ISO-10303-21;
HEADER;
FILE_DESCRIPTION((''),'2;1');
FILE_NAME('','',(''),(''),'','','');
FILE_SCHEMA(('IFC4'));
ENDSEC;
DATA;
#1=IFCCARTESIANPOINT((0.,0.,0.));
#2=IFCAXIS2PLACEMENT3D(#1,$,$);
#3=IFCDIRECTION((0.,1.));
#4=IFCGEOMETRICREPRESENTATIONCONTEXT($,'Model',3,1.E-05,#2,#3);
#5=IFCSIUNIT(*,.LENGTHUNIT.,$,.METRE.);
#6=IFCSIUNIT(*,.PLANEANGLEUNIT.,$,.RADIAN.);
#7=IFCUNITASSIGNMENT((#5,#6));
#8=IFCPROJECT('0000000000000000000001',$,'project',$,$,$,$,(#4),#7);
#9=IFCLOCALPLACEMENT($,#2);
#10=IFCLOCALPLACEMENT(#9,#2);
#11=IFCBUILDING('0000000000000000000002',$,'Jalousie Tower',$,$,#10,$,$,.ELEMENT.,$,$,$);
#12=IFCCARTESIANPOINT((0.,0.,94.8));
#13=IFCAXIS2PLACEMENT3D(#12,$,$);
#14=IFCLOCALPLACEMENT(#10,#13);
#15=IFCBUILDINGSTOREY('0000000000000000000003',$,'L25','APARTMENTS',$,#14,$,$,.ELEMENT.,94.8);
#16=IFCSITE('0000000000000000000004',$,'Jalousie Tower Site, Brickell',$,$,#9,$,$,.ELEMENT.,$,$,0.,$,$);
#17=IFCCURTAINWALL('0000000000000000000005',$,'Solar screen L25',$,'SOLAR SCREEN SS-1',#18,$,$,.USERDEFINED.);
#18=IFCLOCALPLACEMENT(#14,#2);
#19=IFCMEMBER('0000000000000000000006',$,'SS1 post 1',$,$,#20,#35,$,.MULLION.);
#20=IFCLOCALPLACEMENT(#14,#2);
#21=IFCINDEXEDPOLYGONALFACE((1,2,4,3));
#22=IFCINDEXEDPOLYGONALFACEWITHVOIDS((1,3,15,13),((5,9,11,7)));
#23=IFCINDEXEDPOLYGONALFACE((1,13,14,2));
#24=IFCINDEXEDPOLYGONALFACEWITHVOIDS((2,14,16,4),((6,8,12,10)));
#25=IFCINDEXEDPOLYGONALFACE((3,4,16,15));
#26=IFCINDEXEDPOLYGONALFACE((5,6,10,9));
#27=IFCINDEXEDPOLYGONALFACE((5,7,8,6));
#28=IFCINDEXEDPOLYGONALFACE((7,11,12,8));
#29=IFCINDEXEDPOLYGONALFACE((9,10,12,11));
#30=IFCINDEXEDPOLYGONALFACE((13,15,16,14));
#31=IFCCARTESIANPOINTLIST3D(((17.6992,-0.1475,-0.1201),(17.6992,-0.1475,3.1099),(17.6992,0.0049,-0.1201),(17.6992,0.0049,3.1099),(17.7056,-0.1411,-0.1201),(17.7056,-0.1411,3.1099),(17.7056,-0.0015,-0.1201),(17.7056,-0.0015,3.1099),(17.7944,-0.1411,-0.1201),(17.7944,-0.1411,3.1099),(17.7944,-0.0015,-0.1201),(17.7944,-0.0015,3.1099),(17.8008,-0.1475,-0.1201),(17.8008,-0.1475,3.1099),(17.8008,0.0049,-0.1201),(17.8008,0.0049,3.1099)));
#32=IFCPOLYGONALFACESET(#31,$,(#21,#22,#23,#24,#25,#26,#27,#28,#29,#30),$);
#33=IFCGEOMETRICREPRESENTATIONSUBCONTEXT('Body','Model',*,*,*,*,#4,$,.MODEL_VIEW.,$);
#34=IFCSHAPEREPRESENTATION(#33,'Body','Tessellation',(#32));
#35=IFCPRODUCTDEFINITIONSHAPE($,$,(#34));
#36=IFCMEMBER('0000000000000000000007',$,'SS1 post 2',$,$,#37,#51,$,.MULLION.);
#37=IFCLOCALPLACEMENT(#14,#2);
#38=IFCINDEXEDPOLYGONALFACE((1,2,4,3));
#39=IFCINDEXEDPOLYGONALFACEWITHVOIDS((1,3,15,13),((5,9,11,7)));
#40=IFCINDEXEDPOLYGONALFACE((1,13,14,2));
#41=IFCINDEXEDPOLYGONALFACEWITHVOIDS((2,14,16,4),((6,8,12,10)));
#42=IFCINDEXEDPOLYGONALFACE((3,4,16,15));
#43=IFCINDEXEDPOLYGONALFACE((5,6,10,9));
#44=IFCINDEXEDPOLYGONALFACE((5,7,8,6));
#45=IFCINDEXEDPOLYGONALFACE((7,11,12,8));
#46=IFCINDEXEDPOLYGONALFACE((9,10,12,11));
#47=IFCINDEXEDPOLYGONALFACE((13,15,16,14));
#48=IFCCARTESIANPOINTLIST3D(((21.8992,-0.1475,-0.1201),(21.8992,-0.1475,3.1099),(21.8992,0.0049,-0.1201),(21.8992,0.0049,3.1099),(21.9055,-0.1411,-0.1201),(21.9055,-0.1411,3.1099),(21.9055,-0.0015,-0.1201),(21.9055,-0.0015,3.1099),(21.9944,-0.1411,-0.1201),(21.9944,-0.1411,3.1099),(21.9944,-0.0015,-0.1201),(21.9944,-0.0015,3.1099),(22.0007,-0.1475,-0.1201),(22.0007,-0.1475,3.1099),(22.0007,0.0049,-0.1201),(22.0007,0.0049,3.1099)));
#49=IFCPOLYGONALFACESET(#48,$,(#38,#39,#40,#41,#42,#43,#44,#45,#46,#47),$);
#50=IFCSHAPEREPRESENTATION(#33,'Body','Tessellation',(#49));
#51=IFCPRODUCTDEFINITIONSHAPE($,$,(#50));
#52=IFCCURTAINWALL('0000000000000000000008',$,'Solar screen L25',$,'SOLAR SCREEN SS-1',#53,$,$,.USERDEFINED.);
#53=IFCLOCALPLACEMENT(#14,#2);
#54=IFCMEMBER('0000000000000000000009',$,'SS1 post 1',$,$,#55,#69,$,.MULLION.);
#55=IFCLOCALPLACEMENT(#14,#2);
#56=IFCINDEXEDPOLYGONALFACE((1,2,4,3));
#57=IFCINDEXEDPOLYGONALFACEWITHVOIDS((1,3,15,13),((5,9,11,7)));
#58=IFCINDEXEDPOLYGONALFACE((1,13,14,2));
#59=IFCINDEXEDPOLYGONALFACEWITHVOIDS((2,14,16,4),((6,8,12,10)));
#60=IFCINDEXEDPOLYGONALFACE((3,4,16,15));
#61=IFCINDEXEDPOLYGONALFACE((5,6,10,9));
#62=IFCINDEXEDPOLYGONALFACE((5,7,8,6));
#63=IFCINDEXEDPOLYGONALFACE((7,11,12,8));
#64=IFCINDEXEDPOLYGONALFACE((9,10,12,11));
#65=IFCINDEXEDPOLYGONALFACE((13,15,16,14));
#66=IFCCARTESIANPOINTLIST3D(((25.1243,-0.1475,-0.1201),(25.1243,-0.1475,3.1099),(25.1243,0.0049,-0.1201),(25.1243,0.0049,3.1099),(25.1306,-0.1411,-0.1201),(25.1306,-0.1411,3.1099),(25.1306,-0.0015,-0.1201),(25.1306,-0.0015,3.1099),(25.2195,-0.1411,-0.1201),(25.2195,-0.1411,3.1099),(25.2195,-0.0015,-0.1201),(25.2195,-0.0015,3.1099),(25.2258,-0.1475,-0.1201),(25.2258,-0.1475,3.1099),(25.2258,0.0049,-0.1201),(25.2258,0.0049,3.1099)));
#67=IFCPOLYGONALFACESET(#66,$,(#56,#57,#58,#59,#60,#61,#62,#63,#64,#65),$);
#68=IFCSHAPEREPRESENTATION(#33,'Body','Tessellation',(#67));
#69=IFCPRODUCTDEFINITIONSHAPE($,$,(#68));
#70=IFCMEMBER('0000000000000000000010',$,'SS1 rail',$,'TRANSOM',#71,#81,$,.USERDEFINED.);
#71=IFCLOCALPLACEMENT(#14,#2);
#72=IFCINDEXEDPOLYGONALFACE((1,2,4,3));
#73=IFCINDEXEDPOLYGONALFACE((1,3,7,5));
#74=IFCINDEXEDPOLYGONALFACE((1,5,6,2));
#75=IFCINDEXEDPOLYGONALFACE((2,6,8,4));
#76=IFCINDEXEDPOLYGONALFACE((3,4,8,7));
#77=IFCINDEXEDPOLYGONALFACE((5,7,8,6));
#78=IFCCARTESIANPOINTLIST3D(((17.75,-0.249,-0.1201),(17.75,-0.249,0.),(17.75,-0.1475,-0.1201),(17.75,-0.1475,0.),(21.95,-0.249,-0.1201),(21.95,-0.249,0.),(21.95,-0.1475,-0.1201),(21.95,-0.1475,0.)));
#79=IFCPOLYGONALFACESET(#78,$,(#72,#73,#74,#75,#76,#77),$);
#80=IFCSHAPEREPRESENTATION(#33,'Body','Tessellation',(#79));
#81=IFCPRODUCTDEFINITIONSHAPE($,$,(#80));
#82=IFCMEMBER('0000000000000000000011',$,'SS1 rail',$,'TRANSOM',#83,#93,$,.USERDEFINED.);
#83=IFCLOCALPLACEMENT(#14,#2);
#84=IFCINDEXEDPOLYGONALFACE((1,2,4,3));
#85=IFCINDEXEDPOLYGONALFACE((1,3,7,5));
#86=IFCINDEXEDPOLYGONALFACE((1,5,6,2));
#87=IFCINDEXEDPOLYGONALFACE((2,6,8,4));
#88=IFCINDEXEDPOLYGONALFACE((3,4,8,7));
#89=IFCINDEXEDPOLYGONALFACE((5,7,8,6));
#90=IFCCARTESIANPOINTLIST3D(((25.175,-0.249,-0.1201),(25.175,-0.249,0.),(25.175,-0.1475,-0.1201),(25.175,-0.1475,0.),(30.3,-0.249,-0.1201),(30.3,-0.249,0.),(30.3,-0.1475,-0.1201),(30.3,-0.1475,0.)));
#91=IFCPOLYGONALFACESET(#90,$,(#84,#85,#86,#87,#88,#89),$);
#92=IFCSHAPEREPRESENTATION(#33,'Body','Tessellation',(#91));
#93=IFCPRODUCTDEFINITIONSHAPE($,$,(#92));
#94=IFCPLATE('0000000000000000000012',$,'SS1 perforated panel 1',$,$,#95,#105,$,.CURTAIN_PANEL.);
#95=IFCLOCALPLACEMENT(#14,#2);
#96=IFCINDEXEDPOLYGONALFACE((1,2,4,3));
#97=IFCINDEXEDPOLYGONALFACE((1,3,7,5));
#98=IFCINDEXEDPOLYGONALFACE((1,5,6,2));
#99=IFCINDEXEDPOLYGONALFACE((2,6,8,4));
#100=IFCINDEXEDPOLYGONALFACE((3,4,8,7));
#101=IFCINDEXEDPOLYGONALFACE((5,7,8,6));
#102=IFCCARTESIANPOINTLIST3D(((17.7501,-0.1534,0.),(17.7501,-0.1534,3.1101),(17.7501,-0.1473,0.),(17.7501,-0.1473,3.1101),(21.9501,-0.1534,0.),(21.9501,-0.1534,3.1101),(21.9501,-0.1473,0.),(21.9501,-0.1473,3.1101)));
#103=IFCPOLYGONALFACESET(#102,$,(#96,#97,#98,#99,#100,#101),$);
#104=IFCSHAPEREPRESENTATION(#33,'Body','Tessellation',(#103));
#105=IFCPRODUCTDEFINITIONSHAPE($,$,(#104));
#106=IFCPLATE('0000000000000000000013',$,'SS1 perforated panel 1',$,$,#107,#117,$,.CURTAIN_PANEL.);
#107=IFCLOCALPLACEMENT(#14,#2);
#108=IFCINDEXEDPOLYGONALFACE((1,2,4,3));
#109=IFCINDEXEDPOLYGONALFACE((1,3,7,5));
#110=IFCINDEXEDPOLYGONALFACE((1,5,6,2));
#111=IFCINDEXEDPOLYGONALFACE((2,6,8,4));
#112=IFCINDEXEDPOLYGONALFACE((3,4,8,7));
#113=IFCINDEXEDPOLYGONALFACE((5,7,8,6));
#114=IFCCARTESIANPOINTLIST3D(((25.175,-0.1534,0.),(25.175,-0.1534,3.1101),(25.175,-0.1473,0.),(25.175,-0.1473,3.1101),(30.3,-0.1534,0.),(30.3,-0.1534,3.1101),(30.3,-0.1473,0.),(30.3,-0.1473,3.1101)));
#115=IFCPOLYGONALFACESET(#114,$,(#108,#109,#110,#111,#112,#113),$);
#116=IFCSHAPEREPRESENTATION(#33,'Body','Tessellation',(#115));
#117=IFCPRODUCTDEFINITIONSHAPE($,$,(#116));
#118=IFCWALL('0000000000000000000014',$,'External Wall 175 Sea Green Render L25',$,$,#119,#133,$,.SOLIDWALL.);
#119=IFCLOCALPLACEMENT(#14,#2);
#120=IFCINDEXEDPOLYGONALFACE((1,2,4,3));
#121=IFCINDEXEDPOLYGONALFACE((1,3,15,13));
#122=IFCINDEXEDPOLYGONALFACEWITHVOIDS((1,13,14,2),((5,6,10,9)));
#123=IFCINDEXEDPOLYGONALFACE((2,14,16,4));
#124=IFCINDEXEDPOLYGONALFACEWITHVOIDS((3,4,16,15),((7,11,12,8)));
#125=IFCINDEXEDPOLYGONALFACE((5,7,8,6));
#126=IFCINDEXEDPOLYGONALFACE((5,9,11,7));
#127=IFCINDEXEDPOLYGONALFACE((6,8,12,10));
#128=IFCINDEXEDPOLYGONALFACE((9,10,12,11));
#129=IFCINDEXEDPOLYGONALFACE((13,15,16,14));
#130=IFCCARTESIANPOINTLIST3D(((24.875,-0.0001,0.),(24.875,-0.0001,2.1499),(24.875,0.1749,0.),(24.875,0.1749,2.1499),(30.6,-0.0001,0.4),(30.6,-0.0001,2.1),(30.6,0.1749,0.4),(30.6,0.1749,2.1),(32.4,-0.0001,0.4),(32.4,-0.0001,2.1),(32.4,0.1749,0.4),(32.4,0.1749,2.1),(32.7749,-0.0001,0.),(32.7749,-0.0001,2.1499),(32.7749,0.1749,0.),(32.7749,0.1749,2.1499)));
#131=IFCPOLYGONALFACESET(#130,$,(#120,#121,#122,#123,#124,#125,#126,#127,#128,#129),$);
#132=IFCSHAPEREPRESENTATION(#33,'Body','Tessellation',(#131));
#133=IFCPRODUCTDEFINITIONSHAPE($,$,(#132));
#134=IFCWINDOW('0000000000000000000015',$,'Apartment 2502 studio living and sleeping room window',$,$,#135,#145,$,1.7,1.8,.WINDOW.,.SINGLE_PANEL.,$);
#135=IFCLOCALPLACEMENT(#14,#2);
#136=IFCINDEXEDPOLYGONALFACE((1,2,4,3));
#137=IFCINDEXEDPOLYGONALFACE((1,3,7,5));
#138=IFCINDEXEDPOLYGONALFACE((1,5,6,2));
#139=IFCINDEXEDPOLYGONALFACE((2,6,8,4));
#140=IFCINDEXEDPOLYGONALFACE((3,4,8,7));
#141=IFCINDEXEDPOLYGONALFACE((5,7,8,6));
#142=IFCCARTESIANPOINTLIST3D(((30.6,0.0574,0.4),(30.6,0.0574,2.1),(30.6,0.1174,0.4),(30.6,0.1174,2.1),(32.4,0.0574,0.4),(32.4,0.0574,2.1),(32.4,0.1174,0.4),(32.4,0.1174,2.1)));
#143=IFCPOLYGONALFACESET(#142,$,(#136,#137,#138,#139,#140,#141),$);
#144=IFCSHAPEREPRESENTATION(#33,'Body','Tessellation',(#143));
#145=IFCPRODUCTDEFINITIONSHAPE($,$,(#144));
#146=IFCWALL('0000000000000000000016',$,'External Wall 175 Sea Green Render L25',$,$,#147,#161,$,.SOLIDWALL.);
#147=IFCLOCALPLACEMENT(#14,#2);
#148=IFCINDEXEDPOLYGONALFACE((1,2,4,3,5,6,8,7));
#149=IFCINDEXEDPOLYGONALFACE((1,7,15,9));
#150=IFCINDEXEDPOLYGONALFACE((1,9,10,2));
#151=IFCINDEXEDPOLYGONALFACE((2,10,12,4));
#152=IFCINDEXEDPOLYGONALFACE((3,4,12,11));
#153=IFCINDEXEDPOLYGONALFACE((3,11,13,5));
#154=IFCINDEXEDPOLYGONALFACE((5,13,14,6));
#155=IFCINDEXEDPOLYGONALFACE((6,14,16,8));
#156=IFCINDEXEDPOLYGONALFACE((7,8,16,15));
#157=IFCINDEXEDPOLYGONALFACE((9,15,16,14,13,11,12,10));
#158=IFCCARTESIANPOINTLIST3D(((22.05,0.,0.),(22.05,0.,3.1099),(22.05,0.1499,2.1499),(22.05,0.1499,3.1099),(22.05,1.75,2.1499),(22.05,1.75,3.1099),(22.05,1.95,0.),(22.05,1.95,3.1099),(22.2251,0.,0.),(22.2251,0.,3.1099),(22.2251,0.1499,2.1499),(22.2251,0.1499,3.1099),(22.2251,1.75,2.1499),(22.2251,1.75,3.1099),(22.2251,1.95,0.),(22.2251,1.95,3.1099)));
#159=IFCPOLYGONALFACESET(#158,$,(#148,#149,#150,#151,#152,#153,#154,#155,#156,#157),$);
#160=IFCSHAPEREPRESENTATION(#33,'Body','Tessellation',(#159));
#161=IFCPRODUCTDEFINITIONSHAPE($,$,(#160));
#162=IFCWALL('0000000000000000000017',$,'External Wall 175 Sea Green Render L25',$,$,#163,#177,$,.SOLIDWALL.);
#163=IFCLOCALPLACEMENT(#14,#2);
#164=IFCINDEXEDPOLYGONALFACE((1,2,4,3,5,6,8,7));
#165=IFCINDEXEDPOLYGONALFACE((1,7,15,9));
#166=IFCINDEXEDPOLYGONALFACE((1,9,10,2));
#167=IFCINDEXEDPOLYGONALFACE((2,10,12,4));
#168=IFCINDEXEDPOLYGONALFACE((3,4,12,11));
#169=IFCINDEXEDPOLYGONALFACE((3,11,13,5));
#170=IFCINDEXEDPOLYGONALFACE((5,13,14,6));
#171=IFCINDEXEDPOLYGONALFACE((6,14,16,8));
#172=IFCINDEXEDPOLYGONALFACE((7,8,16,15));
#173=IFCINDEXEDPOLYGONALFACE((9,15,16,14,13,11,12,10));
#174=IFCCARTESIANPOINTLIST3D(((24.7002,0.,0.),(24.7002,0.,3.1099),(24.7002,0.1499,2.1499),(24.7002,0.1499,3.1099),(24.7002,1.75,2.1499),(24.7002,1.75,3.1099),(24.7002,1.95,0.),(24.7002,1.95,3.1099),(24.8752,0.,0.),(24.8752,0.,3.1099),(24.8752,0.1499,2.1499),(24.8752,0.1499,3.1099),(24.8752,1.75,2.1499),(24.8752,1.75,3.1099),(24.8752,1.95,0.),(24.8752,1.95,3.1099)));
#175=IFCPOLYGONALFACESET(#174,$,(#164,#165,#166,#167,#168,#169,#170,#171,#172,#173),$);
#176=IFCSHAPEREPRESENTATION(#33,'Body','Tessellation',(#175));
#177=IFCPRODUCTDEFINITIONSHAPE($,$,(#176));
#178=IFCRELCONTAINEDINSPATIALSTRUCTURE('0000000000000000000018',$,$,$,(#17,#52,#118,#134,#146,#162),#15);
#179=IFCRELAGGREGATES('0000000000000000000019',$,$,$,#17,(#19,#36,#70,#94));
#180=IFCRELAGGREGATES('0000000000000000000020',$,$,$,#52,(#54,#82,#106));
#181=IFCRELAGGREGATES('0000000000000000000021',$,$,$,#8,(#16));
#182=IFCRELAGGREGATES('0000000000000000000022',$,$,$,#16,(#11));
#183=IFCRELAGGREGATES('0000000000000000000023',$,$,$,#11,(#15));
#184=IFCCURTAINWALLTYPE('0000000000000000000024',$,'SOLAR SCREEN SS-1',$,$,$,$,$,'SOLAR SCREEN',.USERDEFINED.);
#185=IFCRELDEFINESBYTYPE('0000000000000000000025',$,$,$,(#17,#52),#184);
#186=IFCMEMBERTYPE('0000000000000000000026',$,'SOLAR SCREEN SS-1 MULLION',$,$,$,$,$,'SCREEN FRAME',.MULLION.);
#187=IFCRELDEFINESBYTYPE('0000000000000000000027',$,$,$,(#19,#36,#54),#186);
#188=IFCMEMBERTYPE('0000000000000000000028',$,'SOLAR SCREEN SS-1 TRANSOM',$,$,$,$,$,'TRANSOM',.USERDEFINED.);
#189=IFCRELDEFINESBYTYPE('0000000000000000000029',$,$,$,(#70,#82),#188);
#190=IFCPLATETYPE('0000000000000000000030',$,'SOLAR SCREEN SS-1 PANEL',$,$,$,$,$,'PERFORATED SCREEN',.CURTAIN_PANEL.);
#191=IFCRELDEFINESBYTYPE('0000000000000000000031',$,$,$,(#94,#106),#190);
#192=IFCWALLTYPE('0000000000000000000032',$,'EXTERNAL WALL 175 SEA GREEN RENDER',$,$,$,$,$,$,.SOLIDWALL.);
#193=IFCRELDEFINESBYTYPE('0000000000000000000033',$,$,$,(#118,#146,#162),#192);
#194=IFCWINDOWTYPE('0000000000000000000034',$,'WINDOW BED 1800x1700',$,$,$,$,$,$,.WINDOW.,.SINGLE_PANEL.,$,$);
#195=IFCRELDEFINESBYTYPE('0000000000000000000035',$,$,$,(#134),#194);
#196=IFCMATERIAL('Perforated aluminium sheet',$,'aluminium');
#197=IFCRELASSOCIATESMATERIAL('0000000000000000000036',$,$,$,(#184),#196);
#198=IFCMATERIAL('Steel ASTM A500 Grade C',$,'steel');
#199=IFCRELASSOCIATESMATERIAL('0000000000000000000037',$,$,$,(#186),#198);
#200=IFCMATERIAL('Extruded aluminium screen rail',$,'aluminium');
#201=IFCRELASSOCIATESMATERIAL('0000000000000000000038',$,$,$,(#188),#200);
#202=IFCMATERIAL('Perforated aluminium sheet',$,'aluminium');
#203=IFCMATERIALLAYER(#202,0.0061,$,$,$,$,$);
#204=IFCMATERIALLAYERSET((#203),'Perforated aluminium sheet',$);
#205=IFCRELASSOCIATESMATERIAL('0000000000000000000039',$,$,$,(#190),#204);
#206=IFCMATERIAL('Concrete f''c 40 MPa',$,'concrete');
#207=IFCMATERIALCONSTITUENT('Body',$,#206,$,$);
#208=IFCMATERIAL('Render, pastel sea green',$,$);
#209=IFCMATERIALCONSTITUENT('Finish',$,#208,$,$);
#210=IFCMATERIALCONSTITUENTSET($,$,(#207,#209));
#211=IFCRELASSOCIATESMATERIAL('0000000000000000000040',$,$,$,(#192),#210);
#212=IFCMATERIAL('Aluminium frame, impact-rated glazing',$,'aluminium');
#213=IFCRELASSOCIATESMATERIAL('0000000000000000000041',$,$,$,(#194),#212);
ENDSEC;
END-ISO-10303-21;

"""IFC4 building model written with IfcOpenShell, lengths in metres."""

from ifc_helpers import new_model, si_unit, direction, frame, frame_2d, origin, origin_2d, place, context, subcontext, project, spatial, polyline, rectangle, hollow_rectangle, outline, extrude, material, layer, layer_set, constituent, constituent_set, material_profile, profile_set, type_object, element, fill, aggregate, save


model = new_model("IFC4")

# Units and contexts
model_context = context("Model", 3, precision=1e-05, world=origin(), true_north=direction((0.0, 1.0)))
body_context = subcontext(model_context, "Body", "Model", "MODEL_VIEW")
ifc_project = project(units=[si_unit("LENGTHUNIT", "METRE"), si_unit("PLANEANGLEUNIT", "RADIAN")], contexts=[model_context])

# Site, building, storey
site_placement = place(None, origin())
site = spatial("IfcSite", under=ifc_project, at=site_placement, Name="Jalousie Tower Site, Brickell", CompositionType="ELEMENT", RefElevation=0.0)
building_placement = place(site_placement, origin())
building = spatial("IfcBuilding", under=site, at=building_placement, Name="Jalousie Tower", CompositionType="ELEMENT")
storey_placement = place(building_placement, frame((0.0, 0.0, 94.8)))
storey = spatial("IfcBuildingStorey", under=building, at=storey_placement, Name="L25", Description="APARTMENTS", CompositionType="ELEMENT", Elevation=94.8)

# Shared definitions
ifc_material_1 = material(Name="Perforated aluminium sheet", Category="aluminium")
curtain_wall_type = type_object("IfcCurtainWallType", Name="SOLAR SCREEN SS-1", ElementType="SOLAR SCREEN", PredefinedType="USERDEFINED", material=ifc_material_1)
ifc_material_2 = material(Name="Steel ASTM A500 Grade C", Category="steel")
ifc_material_profile_1 = material_profile(ifc_material_2, hollow_rectangle(XDim=0.1016, YDim=0.1523, WallThickness=0.0063, at=origin_2d()), Name="HSS6X4X1/4")
ifc_profile_set_1 = profile_set([ifc_material_profile_1], Name="Steel ASTM A500 Grade C")
member_type_1 = type_object("IfcMemberType", Name="SOLAR SCREEN SS-1 MULLION", ElementType="SCREEN FRAME", PredefinedType="MULLION", material=ifc_profile_set_1)

# Curtain wall, members
curtain_wall_1_placement = place(storey_placement, origin())
curtain_wall_1 = element("IfcCurtainWall", 1, at=curtain_wall_1_placement, inside=storey, type_object=curtain_wall_type, Name="Solar screen L25", ObjectType="SOLAR SCREEN SS-1", PredefinedType="USERDEFINED")
member_1_placement = place(storey_placement, frame((17.75, -0.0713, -0.1201), z_axis=(0.0, 0.0, 1.0), x_axis=(1.0, 0.0, 0.0)))
member_1 = element("IfcMember", 2, at=member_1_placement, type_object=member_type_1, Name="SS1 post 1", PredefinedType="MULLION", context=body_context, shape_type="SweptSolid", body=[
    extrude(hollow_rectangle(XDim=0.1016, YDim=0.1523, WallThickness=0.0063, at=origin_2d()), origin(), (0.0, 0.0, 1.0), 3.23),
])
member_2_placement = place(storey_placement, frame((21.95, -0.0713, -0.1201), z_axis=(0.0, 0.0, 1.0), x_axis=(1.0, 0.0, 0.0)))
member_2 = element("IfcMember", 3, at=member_2_placement, type_object=member_type_1, Name="SS1 post 2", PredefinedType="MULLION", context=body_context, shape_type="SweptSolid", body=[
    extrude(hollow_rectangle(XDim=0.1016, YDim=0.1523, WallThickness=0.0063, at=origin_2d()), origin(), (0.0, 0.0, 1.0), 3.23),
])

# Curtain wall, member
curtain_wall_2_placement = place(storey_placement, origin())
curtain_wall_2 = element("IfcCurtainWall", 4, at=curtain_wall_2_placement, inside=storey, type_object=curtain_wall_type, Name="Solar screen L25", ObjectType="SOLAR SCREEN SS-1", PredefinedType="USERDEFINED")
member_3_placement = place(storey_placement, frame((25.175, -0.0713, -0.1201), z_axis=(0.0, 0.0, 1.0), x_axis=(1.0, 0.0, 0.0)))
member_3 = element("IfcMember", 5, at=member_3_placement, type_object=member_type_1, Name="SS1 post 1", PredefinedType="MULLION", context=body_context, shape_type="SweptSolid", body=[
    extrude(hollow_rectangle(XDim=0.1016, YDim=0.1523, WallThickness=0.0063, at=origin_2d()), origin(), (0.0, 0.0, 1.0), 3.23),
])

# Members
ifc_material_3 = material(Name="Extruded aluminium screen rail", Category="aluminium")
ifc_material_profile_2 = material_profile(ifc_material_3, rectangle(XDim=0.1016, YDim=0.1201, at=origin_2d()), Name="RAIL 102x120")
ifc_profile_set_2 = profile_set([ifc_material_profile_2], Name="Extruded aluminium screen rail")
member_type_2 = type_object("IfcMemberType", Name="SOLAR SCREEN SS-1 TRANSOM", ElementType="TRANSOM", PredefinedType="USERDEFINED", material=ifc_profile_set_2)
member_4_placement = place(storey_placement, frame((17.75, -0.1982, -0.0601), z_axis=(1.0, 0.0, 0.0), x_axis=(0.0, 1.0, 0.0)))
member_4 = element("IfcMember", 6, at=member_4_placement, type_object=member_type_2, Name="SS1 rail", ObjectType="TRANSOM", PredefinedType="USERDEFINED", context=body_context, shape_type="SweptSolid", body=[
    extrude(rectangle(XDim=0.1016, YDim=0.1201, at=origin_2d()), origin(), (0.0, 0.0, 1.0), 4.2),
])
member_5_placement = place(storey_placement, frame((25.175, -0.1982, -0.0601), z_axis=(1.0, 0.0, 0.0), x_axis=(0.0, 1.0, 0.0)))
member_5 = element("IfcMember", 7, at=member_5_placement, type_object=member_type_2, Name="SS1 rail", ObjectType="TRANSOM", PredefinedType="USERDEFINED", context=body_context, shape_type="SweptSolid", body=[
    extrude(rectangle(XDim=0.1016, YDim=0.1201, at=origin_2d()), origin(), (0.0, 0.0, 1.0), 5.125),
])

# Plates
ifc_material_4 = material(Name="Perforated aluminium sheet", Category="aluminium")
ifc_layer_1 = layer(ifc_material_4, 0.0061)
ifc_layer_set_1 = layer_set([ifc_layer_1], Name="Perforated aluminium sheet")
plate_type = type_object("IfcPlateType", Name="SOLAR SCREEN SS-1 PANEL", ElementType="PERFORATED SCREEN", PredefinedType="CURTAIN_PANEL", material=ifc_layer_set_1)
plate_1_placement = place(storey_placement, frame((19.8501, -0.1504, 0.0), z_axis=(0.0, 0.0, 1.0), x_axis=(1.0, 0.0, 0.0)))
plate_1 = element("IfcPlate", 8, at=plate_1_placement, type_object=plate_type, Name="SS1 perforated panel 1", PredefinedType="CURTAIN_PANEL", context=body_context, shape_type="SweptSolid", body=[
    extrude(rectangle(XDim=4.2, YDim=0.0061, at=origin_2d()), origin(), (0.0, 0.0, 1.0), 3.1101),
])
aggregate(curtain_wall_1, [member_1, member_2, member_4, plate_1])
plate_2_placement = place(storey_placement, frame((27.7375, -0.1504, 0.0), z_axis=(0.0, 0.0, 1.0), x_axis=(1.0, 0.0, 0.0)))
plate_2 = element("IfcPlate", 9, at=plate_2_placement, type_object=plate_type, Name="SS1 perforated panel 1", PredefinedType="CURTAIN_PANEL", context=body_context, shape_type="SweptSolid", body=[
    extrude(rectangle(XDim=5.125, YDim=0.0061, at=origin_2d()), origin(), (0.0, 0.0, 1.0), 3.1101),
])
aggregate(curtain_wall_2, [member_3, member_5, plate_2])

# Wall, opening, window
ifc_material_5 = material(Name="Concrete f'c 40 MPa", Category="concrete")
ifc_constituent_1 = constituent(ifc_material_5, Name="Body")
ifc_material_6 = material(Name="Render, pastel sea green")
ifc_constituent_2 = constituent(ifc_material_6, Name="Finish")
ifc_constituent_set_1 = constituent_set(constituents=[ifc_constituent_1, ifc_constituent_2])
wall_type_1 = type_object("IfcWallType", Name="EXTERNAL WALL 175 SEA GREEN RENDER", PredefinedType="SOLIDWALL", material=ifc_constituent_set_1)
wall_1_placement = place(storey_placement, frame((24.875, 0.0874, 0.0), z_axis=(0.0, 0.0, 1.0), x_axis=(1.0, 0.0, 0.0)))
wall_1 = element("IfcWall", 10, at=wall_1_placement, inside=storey, type_object=wall_type_1, Name="External Wall 175 Sea Green Render L25", PredefinedType="SOLIDWALL", context=body_context, shape_type="SweptSolid", body=[
    extrude(rectangle(XDim=7.8999, YDim=0.175, at=frame_2d((3.95, 0.0))), origin(), (0.0, 0.0, 1.0), 2.1499),
])
opening_1_placement = place(wall_1_placement, frame((5.7251, 0.0, 0.3999)))
opening_1 = element("IfcOpeningElement", 11, at=opening_1_placement, cuts=wall_1, PredefinedType="OPENING", context=body_context, shape_type="SweptSolid", body=[
    extrude(rectangle(XDim=1.8, YDim=1.7, at=frame_2d((0.8999, 0.8501))), frame((0.0, 0.0974, 0.0), z_axis=(0.0, -1.0, 0.0), x_axis=(1.0, 0.0, 0.0)), (0.0, 0.0, 1.0), 0.1951),
])
ifc_material_7 = material(Name="Aluminium frame, impact-rated glazing", Category="aluminium")
window_type = type_object("IfcWindowType", Name="WINDOW BED 1800x1700", PartitioningType="SINGLE_PANEL", PredefinedType="WINDOW", material=ifc_material_7)
window_placement = place(opening_1_placement, origin())
window = element("IfcWindow", 12, at=window_placement, inside=storey, type_object=window_type, Name="Apartment 2502 studio living and sleeping room window", OverallHeight=1.7, OverallWidth=1.8, PartitioningType="SINGLE_PANEL", PredefinedType="WINDOW", context=body_context, shape_type="SweptSolid", body=[
    extrude(rectangle(XDim=1.8, YDim=1.7, at=frame_2d((0.8999, 0.8501))), frame((0.0, 0.03, 0.0), z_axis=(0.0, -1.0, 0.0), x_axis=(1.0, 0.0, 0.0)), (0.0, 0.0, 1.0), 0.0601),
])
fill(opening_1, window)

# Walls
for number, where, z_axis, x_axis, name in (
    (13, (22.1375, 0.0, 0.0), (0.0, 0.0, 1.0), (0.0, 1.0, 0.0), "External Wall 175 Sea Green Render L25"),
    (14, (24.7876, 0.0, 0.0), (0.0, 0.0, 1.0), (0.0, 1.0, 0.0), "External Wall 175 Sea Green Render L25"),
):
    element("IfcWall", number, at=place(storey_placement, frame(where, z_axis=z_axis, x_axis=x_axis)), inside=storey, type_object=wall_type_1, Name=name, PredefinedType="SOLIDWALL", context=body_context, shape_type="SweptSolid", body=[
        extrude(outline(polyline([(0.0, 0.0), (1.95, 0.0), (1.95, 3.1099), (1.75, 3.1099), (1.75, 2.1499), (0.1499, 2.1499), (0.1499, 3.1099), (0.0, 3.1099), (0.0, 0.0)])), frame((0.0, 0.0874, 0.0), z_axis=(0.0, -1.0, 0.0), x_axis=(1.0, 0.0, 0.0)), (0.0, 0.0, 1.0), 0.175),
    ])

save(model, "model.ifc")
